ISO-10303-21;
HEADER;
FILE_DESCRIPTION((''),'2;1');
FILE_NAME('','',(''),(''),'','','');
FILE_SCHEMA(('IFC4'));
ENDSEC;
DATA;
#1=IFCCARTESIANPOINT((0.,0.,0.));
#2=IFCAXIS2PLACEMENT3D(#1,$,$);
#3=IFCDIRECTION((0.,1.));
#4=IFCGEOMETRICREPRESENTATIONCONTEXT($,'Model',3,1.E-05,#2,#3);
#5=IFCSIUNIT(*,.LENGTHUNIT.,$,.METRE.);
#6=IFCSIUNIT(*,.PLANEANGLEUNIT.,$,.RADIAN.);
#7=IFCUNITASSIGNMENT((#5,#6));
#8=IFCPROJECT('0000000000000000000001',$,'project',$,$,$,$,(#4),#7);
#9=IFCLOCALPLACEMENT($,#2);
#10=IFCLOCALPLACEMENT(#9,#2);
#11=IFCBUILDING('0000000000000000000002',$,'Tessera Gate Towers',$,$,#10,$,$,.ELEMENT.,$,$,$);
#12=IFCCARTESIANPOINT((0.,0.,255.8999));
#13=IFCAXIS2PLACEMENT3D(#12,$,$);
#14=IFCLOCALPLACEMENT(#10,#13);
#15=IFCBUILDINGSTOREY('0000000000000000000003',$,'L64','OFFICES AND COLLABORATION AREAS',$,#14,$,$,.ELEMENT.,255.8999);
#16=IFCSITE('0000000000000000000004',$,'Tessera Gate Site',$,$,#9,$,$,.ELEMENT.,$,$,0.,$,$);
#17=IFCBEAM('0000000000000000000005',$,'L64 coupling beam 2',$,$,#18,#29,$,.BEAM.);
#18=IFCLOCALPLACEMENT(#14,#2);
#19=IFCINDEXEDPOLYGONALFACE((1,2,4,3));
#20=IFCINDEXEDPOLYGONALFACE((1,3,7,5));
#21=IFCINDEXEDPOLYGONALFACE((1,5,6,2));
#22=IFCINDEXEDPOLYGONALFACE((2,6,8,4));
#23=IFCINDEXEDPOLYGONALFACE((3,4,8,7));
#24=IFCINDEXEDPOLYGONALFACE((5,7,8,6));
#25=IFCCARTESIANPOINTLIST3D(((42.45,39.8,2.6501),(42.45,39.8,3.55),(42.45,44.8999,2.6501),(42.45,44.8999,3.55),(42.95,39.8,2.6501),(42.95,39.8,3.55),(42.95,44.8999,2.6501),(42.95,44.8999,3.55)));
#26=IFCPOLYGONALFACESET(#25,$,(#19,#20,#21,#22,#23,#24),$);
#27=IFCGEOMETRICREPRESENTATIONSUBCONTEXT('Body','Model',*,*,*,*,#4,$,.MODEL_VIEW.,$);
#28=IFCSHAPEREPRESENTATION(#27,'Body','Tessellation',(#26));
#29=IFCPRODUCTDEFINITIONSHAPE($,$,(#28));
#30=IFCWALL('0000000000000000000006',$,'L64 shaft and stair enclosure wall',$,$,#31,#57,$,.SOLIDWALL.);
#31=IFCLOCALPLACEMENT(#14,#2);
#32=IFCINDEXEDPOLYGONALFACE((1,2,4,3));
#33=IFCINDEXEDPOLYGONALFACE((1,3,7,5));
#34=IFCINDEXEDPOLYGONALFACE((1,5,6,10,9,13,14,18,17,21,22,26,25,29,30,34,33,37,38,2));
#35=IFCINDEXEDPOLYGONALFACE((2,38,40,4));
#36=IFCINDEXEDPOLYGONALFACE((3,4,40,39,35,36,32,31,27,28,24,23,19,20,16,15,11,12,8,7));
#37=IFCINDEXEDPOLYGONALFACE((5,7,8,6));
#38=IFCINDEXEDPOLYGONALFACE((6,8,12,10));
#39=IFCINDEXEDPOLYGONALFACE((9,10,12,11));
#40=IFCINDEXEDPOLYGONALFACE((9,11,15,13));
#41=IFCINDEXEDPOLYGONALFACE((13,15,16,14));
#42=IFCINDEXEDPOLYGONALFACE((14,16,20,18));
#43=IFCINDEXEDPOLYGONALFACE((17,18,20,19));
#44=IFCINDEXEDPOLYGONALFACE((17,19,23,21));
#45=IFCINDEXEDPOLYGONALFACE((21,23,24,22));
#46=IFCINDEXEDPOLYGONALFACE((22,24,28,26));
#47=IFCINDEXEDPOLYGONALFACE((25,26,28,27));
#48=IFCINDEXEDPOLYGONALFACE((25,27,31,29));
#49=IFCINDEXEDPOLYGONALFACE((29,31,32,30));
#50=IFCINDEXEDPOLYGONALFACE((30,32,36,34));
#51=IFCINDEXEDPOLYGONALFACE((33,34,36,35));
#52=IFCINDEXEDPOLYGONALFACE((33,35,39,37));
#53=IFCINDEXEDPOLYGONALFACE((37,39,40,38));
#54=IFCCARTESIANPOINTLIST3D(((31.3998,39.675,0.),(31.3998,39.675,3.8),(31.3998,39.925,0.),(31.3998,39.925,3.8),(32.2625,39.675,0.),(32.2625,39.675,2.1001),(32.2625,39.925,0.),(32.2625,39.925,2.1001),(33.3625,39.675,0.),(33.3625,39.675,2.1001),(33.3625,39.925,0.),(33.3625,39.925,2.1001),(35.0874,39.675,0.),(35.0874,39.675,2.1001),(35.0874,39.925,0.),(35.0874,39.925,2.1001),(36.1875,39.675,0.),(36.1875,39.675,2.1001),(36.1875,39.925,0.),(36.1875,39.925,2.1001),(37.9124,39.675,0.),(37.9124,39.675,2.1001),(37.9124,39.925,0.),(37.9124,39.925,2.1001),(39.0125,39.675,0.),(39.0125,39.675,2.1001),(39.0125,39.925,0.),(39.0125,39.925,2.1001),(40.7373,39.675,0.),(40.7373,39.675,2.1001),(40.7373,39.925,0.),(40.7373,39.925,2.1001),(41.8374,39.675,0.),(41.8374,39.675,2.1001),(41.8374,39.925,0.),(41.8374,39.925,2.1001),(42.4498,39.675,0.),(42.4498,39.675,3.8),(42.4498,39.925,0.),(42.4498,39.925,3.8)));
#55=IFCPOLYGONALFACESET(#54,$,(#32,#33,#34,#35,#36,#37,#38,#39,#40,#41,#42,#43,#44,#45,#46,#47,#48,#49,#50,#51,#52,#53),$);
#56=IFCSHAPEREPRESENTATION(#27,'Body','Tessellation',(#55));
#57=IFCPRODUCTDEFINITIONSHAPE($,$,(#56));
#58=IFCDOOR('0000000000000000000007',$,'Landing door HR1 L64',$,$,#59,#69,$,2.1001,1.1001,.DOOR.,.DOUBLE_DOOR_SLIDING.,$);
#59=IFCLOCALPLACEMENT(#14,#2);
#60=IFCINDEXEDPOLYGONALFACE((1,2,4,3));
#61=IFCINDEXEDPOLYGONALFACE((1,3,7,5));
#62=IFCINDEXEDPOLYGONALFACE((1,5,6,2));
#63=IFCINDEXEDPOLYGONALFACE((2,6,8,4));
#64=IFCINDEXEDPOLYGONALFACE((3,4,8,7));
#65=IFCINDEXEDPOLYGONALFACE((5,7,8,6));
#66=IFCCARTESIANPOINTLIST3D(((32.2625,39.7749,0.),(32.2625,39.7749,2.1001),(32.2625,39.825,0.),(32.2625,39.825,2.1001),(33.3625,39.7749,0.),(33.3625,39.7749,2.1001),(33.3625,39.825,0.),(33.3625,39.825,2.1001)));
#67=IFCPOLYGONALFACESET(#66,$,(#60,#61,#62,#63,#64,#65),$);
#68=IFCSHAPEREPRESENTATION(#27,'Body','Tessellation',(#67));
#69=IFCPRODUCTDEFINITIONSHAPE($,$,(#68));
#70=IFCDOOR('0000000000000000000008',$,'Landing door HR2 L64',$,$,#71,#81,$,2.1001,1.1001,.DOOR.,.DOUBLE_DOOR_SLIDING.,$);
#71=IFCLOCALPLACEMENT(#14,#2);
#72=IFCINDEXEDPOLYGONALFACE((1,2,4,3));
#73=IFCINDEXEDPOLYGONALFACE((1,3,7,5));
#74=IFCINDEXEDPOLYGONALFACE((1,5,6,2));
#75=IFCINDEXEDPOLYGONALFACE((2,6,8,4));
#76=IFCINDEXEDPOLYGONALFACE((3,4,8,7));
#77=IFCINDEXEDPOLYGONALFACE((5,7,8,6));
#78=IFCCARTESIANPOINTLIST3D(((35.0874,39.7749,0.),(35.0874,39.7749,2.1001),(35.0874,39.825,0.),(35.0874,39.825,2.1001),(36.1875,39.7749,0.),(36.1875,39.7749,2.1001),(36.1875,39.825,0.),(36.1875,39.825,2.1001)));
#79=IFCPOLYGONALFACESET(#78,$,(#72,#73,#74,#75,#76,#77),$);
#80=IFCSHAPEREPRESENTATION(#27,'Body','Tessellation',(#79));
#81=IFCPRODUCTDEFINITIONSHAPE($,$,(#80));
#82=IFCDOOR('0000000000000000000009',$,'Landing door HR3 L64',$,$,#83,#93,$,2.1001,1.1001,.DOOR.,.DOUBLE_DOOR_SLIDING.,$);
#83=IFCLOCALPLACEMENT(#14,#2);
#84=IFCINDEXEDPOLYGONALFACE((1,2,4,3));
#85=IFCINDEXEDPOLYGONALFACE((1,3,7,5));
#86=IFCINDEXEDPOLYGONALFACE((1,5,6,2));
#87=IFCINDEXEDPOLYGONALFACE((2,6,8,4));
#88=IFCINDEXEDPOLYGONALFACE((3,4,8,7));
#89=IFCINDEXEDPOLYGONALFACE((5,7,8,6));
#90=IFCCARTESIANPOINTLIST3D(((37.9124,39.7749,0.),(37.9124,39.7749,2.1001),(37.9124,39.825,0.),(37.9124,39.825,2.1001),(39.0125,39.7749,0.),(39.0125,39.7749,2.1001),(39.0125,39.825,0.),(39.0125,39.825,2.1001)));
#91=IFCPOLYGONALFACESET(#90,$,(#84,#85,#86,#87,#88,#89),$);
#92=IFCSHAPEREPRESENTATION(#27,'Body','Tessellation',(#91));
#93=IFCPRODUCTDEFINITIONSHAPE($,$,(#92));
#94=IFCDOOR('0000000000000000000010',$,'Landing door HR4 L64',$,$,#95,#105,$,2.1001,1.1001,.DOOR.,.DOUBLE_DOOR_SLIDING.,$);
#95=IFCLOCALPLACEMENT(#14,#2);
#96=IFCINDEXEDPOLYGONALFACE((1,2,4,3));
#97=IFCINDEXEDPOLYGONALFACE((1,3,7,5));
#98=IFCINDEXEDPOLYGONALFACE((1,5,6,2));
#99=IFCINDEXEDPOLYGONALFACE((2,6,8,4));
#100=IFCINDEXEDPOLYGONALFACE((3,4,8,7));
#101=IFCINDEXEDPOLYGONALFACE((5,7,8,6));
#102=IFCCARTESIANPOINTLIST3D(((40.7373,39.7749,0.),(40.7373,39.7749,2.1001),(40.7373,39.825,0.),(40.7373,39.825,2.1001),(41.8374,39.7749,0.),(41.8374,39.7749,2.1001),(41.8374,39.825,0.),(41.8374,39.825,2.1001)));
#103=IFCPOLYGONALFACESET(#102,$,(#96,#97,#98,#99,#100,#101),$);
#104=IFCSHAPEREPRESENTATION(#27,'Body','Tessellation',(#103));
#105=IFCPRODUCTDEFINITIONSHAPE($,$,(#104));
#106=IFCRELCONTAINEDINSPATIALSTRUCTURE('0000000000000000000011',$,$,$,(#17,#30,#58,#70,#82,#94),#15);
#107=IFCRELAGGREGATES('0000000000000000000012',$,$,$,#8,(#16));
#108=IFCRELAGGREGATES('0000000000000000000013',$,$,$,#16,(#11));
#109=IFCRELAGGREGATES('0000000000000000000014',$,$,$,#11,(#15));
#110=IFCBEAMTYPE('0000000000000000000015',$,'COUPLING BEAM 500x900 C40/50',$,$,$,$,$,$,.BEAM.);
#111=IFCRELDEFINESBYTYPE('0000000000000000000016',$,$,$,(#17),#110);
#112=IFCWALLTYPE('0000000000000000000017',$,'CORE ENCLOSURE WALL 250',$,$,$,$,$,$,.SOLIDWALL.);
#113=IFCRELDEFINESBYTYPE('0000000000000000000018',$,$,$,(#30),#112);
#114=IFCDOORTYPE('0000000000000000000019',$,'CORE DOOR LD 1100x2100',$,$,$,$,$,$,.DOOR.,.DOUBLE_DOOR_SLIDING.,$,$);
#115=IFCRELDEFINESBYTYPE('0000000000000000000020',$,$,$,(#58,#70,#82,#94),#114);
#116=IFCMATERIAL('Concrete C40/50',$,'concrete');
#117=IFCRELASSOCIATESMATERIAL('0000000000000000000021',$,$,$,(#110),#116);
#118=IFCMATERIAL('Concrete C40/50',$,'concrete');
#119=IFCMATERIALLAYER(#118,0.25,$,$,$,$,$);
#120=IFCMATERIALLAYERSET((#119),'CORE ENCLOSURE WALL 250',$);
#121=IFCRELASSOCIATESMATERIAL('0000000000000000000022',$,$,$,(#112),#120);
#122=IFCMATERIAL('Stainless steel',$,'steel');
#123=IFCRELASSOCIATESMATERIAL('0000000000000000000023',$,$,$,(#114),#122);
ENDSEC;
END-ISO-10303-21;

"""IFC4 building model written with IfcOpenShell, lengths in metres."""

from ifc_helpers import new_model, si_unit, direction, frame, frame_2d, origin, origin_2d, place, context, subcontext, project, spatial, rectangle, extrude, source, transform, mapped, material, layer, layer_set, material_profile, profile_set, type_object, element, fill, save


model = new_model("IFC4")

# Units and contexts
model_context = context("Model", 3, precision=1e-05, world=origin(), true_north=direction((0.0, 1.0)))
body_context = subcontext(model_context, "Body", "Model", "MODEL_VIEW")
ifc_project = project(units=[si_unit("LENGTHUNIT", "METRE"), si_unit("PLANEANGLEUNIT", "RADIAN")], contexts=[model_context])

# Site, building, storey
site_placement = place(None, origin())
site = spatial("IfcSite", under=ifc_project, at=site_placement, Name="Tessera Gate Site", CompositionType="ELEMENT", RefElevation=0.0)
building_placement = place(site_placement, origin())
building = spatial("IfcBuilding", under=site, at=building_placement, Name="Tessera Gate Towers", CompositionType="ELEMENT")
storey_placement = place(building_placement, frame((0.0, 0.0, 255.8999)))
storey = spatial("IfcBuildingStorey", under=building, at=storey_placement, Name="L64", Description="OFFICES AND COLLABORATION AREAS", CompositionType="ELEMENT", Elevation=255.8999)

# Beam
ifc_material_1 = material(Name="Concrete C40/50", Category="concrete")
ifc_material_profile = material_profile(ifc_material_1, rectangle(XDim=0.5, YDim=0.8999, at=origin_2d()), Name="RC 500x900")
ifc_profile_set = profile_set([ifc_material_profile], Name="Concrete C40/50")
beam_type = type_object("IfcBeamType", Name="COUPLING BEAM 500x900 C40/50", PredefinedType="BEAM", material=ifc_profile_set)
beam_placement = place(storey_placement, frame((42.7, 39.8, 3.1001), z_axis=(0.0, 1.0, 0.0), x_axis=(-1.0, 0.0, 0.0)))
element("IfcBeam", 1, at=beam_placement, inside=storey, type_object=beam_type, Name="L64 coupling beam 2", PredefinedType="BEAM", context=body_context, shape_type="SweptSolid", body=[
    extrude(rectangle(XDim=0.5, YDim=0.8999, at=origin_2d()), origin(), (0.0, 0.0, 1.0), 5.0999),
])

# Wall, openings, doors
ifc_material_2 = material(Name="Concrete C40/50", Category="concrete")
ifc_layer_1 = layer(ifc_material_2, 0.25)
ifc_layer_set_1 = layer_set([ifc_layer_1], Name="CORE ENCLOSURE WALL 250")
wall_type_1 = type_object("IfcWallType", Name="CORE ENCLOSURE WALL 250", PredefinedType="SOLIDWALL", material=ifc_layer_set_1)
wall_1_placement = place(storey_placement, frame((31.3999, 39.8, 0.0), z_axis=(0.0, 0.0, 1.0), x_axis=(1.0, 0.0, 0.0)))
wall_1 = element("IfcWall", 2, at=wall_1_placement, inside=storey, type_object=wall_type_1, Name="L64 shaft and stair enclosure wall", PredefinedType="SOLIDWALL", context=body_context, shape_type="SweptSolid", body=[
    extrude(rectangle(XDim=11.05, YDim=0.25, at=frame_2d((5.5249, 0.0))), origin(), (0.0, 0.0, 1.0), 3.8),
])
shared_shape_1 = source(origin(), body_context, "Body", "SweptSolid", [
    extrude(rectangle(XDim=1.1001, YDim=2.1001, at=frame_2d((0.55, 1.05))), frame((0.0, 0.135, 0.0), z_axis=(0.0, -1.0, 0.0), x_axis=(1.0, 0.0, 0.0)), (0.0, 0.0, 1.0), 0.27),
])
opening_1_placement = place(wall_1_placement, frame((0.8625, 0.0, 0.0)))
opening_1 = element("IfcOpeningElement", 3, at=opening_1_placement, cuts=wall_1, PredefinedType="OPENING", context=body_context, shape_type="MappedRepresentation", body=[
    mapped(shared_shape_1, transform((0.0, 0.0, 0.0), scale=1.0)),
])
opening_2_placement = place(wall_1_placement, frame((3.6875, 0.0, 0.0)))
opening_2 = element("IfcOpeningElement", 4, at=opening_2_placement, cuts=wall_1, PredefinedType="OPENING", context=body_context, shape_type="MappedRepresentation", body=[
    mapped(shared_shape_1, transform((0.0, 0.0, 0.0), scale=1.0)),
])
opening_3_placement = place(wall_1_placement, frame((6.5125, 0.0, 0.0)))
opening_3 = element("IfcOpeningElement", 5, at=opening_3_placement, cuts=wall_1, PredefinedType="OPENING", context=body_context, shape_type="MappedRepresentation", body=[
    mapped(shared_shape_1, transform((0.0, 0.0, 0.0), scale=1.0)),
])
opening_4_placement = place(wall_1_placement, frame((9.3374, 0.0, 0.0)))
opening_4 = element("IfcOpeningElement", 6, at=opening_4_placement, cuts=wall_1, PredefinedType="OPENING", context=body_context, shape_type="MappedRepresentation", body=[
    mapped(shared_shape_1, transform((0.0, 0.0, 0.0), scale=1.0)),
])
ifc_material_3 = material(Name="Stainless steel", Category="steel")
door_type_1 = type_object("IfcDoorType", Name="CORE DOOR LD 1100x2100", OperationType="DOUBLE_DOOR_SLIDING", PredefinedType="DOOR", material=ifc_material_3)
shared_shape_2 = source(origin(), body_context, "Body", "SweptSolid", [
    extrude(rectangle(XDim=1.1001, YDim=2.1001, at=frame_2d((0.55, 1.05))), frame((0.0, 0.0249, 0.0), z_axis=(0.0, -1.0, 0.0), x_axis=(1.0, 0.0, 0.0)), (0.0, 0.0, 1.0), 0.05),
])
door_1_placement = place(opening_1_placement, origin())
door_1 = element("IfcDoor", 7, at=door_1_placement, inside=storey, type_object=door_type_1, Name="Landing door HR1 L64", OperationType="DOUBLE_DOOR_SLIDING", OverallHeight=2.1001, OverallWidth=1.1001, PredefinedType="DOOR", context=body_context, shape_type="MappedRepresentation", body=[
    mapped(shared_shape_2, transform((0.0, 0.0, 0.0), scale=1.0)),
])
fill(opening_1, door_1)
door_2_placement = place(opening_2_placement, origin())
door_2 = element("IfcDoor", 8, at=door_2_placement, inside=storey, type_object=door_type_1, Name="Landing door HR2 L64", OperationType="DOUBLE_DOOR_SLIDING", OverallHeight=2.1001, OverallWidth=1.1001, PredefinedType="DOOR", context=body_context, shape_type="MappedRepresentation", body=[
    mapped(shared_shape_2, transform((0.0, 0.0, 0.0), scale=1.0)),
])
fill(opening_2, door_2)
door_3_placement = place(opening_3_placement, origin())
door_3 = element("IfcDoor", 9, at=door_3_placement, inside=storey, type_object=door_type_1, Name="Landing door HR3 L64", OperationType="DOUBLE_DOOR_SLIDING", OverallHeight=2.1001, OverallWidth=1.1001, PredefinedType="DOOR", context=body_context, shape_type="MappedRepresentation", body=[
    mapped(shared_shape_2, transform((0.0, 0.0, 0.0), scale=1.0)),
])
fill(opening_3, door_3)
door_4_placement = place(opening_4_placement, origin())
door_4 = element("IfcDoor", 10, at=door_4_placement, inside=storey, type_object=door_type_1, Name="Landing door HR4 L64", OperationType="DOUBLE_DOOR_SLIDING", OverallHeight=2.1001, OverallWidth=1.1001, PredefinedType="DOOR", context=body_context, shape_type="MappedRepresentation", body=[
    mapped(shared_shape_2, transform((0.0, 0.0, 0.0), scale=1.0)),
])
fill(opening_4, door_4)

save(model, "model.ifc")
